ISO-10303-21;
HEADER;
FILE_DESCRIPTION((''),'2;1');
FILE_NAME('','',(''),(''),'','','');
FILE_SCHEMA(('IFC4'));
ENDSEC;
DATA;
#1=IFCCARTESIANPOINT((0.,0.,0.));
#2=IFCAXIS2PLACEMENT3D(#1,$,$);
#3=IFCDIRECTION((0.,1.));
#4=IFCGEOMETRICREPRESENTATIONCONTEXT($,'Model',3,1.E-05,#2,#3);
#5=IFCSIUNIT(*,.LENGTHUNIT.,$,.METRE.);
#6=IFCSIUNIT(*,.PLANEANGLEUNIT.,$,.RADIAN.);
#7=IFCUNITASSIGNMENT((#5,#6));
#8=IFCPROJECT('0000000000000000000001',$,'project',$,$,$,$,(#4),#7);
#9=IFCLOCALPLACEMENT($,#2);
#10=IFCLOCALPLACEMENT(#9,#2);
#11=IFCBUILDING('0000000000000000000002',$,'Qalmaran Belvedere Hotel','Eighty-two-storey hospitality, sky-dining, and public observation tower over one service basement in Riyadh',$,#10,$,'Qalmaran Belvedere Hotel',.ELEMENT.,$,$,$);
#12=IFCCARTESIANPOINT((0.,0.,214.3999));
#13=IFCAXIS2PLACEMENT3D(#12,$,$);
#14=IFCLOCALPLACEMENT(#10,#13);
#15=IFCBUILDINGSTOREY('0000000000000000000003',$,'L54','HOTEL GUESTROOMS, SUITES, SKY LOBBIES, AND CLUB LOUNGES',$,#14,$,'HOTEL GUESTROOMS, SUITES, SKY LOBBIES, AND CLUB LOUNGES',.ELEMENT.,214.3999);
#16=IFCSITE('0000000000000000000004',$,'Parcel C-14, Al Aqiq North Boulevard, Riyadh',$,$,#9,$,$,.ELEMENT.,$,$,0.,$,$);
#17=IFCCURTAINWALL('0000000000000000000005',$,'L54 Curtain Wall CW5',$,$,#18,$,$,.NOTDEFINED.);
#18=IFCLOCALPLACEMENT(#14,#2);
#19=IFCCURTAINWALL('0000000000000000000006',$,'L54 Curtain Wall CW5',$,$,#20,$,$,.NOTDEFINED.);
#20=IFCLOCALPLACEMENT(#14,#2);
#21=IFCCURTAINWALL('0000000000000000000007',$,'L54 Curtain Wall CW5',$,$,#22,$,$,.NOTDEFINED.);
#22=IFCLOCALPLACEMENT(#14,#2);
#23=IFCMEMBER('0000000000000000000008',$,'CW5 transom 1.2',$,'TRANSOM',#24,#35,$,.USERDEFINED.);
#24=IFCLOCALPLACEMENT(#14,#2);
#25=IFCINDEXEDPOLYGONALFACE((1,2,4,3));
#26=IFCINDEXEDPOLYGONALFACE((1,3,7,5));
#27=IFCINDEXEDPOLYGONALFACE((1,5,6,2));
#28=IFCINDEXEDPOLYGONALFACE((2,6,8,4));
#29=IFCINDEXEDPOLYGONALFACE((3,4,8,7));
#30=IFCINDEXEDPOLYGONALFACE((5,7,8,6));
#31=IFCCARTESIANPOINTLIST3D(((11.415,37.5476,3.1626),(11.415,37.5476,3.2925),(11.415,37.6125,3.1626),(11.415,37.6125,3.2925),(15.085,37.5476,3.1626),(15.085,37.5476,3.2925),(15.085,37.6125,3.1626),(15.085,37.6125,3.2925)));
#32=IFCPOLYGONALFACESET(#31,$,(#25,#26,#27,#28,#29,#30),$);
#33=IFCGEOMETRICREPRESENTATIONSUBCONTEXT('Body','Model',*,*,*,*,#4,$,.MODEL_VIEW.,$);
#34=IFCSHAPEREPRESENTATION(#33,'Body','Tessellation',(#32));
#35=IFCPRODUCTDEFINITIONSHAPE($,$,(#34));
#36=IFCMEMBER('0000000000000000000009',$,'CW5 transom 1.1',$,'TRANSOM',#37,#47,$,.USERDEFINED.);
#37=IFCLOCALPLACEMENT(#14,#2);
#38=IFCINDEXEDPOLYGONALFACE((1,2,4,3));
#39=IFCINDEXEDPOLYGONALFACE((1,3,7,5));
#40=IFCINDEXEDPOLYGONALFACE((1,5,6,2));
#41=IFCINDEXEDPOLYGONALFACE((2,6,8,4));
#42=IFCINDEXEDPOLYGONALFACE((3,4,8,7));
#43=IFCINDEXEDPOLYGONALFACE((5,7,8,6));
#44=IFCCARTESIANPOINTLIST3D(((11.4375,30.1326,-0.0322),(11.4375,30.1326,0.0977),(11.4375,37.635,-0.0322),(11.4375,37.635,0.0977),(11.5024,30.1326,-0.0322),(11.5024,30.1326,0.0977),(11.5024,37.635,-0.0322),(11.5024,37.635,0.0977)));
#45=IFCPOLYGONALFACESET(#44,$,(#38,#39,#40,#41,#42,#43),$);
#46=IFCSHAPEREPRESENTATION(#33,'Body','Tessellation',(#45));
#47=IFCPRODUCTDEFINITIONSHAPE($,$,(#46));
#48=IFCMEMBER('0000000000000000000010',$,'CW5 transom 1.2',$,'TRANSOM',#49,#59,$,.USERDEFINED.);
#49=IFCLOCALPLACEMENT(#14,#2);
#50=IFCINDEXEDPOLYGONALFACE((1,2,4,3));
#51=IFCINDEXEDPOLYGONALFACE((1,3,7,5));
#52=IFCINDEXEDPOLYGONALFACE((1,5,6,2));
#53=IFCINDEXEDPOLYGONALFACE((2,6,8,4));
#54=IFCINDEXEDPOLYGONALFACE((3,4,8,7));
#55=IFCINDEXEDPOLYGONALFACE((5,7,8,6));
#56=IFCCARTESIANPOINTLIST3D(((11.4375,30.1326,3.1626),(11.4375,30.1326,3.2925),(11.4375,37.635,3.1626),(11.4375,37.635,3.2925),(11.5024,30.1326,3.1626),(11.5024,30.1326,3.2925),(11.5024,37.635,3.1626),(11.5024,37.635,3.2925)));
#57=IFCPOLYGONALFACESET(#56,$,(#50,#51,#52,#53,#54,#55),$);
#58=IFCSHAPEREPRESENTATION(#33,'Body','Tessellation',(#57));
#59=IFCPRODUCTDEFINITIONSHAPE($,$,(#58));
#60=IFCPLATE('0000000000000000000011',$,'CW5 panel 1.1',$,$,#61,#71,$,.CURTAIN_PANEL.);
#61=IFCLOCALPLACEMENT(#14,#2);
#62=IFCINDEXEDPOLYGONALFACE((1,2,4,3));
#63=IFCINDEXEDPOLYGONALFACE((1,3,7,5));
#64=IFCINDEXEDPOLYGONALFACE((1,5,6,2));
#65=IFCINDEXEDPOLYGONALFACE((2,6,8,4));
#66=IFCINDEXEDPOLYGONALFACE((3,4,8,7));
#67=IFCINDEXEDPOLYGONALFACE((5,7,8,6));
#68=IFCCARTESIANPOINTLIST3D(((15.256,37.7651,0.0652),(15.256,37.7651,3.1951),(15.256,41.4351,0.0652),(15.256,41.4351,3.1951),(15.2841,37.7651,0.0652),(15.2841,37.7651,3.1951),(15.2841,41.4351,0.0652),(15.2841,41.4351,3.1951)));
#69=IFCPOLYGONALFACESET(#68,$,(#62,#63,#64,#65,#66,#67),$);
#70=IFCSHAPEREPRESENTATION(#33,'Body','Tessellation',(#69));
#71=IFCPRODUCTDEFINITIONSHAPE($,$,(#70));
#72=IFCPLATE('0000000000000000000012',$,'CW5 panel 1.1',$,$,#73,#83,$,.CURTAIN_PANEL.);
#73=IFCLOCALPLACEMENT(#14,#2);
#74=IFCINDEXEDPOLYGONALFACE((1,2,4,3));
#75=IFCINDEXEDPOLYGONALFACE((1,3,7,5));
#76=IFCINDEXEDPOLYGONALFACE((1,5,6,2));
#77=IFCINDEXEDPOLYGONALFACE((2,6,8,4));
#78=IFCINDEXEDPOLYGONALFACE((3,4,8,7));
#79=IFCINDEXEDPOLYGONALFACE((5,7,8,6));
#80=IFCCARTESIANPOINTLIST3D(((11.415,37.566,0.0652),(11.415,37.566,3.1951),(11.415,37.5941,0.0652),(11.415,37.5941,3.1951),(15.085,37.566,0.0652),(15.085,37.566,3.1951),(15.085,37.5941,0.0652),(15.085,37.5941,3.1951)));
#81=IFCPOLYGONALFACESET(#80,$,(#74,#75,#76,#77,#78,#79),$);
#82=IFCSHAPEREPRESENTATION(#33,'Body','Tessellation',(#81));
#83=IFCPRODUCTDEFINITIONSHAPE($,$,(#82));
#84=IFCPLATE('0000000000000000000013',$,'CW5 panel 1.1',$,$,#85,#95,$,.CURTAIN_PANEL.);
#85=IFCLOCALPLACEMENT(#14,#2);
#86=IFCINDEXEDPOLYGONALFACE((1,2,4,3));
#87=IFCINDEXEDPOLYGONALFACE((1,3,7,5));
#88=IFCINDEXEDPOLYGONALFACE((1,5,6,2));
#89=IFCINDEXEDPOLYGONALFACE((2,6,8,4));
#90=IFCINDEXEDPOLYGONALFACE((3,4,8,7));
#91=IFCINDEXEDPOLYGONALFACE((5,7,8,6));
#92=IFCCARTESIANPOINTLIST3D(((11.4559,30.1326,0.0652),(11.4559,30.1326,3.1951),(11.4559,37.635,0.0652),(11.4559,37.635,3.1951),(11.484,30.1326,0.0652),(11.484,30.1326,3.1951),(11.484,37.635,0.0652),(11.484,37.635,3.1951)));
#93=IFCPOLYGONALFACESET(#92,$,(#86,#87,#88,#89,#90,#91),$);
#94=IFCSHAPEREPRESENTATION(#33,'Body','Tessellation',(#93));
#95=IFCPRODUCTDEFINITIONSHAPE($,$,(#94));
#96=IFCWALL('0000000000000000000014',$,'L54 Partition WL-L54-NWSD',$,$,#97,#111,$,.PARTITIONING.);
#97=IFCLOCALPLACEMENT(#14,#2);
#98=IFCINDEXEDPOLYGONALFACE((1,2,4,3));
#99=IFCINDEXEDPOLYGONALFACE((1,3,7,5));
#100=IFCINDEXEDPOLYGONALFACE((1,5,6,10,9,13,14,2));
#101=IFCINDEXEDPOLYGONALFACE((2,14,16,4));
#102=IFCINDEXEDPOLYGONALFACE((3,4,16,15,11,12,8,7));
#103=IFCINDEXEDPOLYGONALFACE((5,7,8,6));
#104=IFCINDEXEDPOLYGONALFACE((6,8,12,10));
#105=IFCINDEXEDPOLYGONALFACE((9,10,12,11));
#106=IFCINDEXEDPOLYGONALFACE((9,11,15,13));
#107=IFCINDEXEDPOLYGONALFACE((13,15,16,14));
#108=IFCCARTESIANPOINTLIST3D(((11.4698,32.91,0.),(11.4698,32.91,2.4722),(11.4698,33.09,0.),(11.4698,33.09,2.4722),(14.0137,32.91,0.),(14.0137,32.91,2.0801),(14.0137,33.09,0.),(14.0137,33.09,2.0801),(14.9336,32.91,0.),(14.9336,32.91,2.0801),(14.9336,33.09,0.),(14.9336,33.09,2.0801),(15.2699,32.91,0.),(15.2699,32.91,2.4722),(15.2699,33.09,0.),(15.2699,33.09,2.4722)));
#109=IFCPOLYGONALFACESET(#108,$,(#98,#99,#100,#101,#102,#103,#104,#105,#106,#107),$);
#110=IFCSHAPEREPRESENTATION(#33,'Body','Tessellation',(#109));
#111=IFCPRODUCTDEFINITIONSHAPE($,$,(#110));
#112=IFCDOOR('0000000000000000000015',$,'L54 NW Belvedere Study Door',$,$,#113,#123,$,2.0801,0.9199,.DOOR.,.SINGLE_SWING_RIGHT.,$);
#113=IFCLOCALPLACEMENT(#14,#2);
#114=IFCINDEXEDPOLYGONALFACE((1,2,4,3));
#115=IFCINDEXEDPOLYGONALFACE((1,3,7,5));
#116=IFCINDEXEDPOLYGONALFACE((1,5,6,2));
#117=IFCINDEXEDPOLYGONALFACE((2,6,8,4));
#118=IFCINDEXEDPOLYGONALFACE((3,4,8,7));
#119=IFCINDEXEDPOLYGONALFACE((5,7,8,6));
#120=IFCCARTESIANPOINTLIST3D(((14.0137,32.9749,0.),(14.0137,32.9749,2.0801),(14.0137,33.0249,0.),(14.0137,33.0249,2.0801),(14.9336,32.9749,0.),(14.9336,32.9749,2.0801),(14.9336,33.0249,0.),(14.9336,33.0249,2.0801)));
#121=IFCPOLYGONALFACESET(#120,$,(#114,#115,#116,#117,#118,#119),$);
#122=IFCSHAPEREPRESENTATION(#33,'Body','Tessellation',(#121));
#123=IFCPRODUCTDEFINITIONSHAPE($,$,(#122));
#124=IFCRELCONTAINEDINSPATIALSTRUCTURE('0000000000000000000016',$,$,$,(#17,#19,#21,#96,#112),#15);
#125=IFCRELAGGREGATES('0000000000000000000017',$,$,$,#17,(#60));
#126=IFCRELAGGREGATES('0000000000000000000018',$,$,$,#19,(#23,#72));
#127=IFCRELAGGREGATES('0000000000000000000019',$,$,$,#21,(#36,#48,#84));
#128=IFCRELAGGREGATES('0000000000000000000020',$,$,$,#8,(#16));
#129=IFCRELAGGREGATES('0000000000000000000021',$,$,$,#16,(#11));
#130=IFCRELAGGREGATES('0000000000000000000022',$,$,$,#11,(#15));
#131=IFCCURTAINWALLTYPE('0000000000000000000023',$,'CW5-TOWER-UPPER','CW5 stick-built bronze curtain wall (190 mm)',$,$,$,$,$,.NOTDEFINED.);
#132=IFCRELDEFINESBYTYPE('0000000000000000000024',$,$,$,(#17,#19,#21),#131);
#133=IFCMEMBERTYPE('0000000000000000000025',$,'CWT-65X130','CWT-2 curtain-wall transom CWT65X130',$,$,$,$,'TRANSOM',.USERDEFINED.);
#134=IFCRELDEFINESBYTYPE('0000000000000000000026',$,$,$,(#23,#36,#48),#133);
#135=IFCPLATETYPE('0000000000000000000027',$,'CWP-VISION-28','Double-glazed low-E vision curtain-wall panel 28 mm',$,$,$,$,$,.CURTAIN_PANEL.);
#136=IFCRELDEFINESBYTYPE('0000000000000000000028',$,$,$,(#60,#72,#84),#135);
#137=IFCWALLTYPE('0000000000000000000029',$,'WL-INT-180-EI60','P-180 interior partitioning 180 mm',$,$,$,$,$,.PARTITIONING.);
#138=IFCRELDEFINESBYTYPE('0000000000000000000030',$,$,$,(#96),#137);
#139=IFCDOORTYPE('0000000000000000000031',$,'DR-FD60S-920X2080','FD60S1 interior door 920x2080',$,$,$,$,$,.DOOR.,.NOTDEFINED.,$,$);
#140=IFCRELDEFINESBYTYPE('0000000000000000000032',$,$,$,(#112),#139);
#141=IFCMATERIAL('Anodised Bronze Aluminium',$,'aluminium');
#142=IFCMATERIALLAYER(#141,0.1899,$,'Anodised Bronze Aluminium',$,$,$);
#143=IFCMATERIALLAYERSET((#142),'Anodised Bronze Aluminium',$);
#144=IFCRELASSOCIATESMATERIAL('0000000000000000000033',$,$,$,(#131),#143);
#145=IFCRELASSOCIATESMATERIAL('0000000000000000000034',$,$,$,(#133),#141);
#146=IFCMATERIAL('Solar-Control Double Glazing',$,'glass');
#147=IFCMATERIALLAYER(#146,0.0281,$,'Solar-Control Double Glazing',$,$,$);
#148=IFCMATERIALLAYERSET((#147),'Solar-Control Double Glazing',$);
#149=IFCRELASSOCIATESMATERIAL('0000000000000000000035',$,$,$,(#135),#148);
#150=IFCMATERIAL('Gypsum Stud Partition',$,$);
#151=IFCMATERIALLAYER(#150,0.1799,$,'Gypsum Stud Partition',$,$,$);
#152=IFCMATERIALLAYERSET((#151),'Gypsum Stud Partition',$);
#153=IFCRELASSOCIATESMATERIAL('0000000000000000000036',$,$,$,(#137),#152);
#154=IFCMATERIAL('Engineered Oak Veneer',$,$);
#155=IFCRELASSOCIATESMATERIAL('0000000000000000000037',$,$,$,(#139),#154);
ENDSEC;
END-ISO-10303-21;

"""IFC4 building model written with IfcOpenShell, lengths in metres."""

from ifc_helpers import new_model, si_unit, direction, frame, frame_2d, origin, origin_2d, place, context, subcontext, project, spatial, rectangle, extrude, material, layer, layer_set, material_profile, profile_set, type_object, element, fill, aggregate, save


model = new_model("IFC4")

# Units and contexts
model_context = context("Model", 3, precision=1e-05, world=origin(), true_north=direction((0.0, 1.0)))
body_context = subcontext(model_context, "Body", "Model", "MODEL_VIEW")
ifc_project = project(units=[si_unit("LENGTHUNIT", "METRE"), si_unit("PLANEANGLEUNIT", "RADIAN")], contexts=[model_context])

# Site, building, storey
site_placement = place(None, origin())
site = spatial("IfcSite", under=ifc_project, at=site_placement, Name="Parcel C-14, Al Aqiq North Boulevard, Riyadh", CompositionType="ELEMENT", RefElevation=0.0)
building_placement = place(site_placement, origin())
building = spatial("IfcBuilding", under=site, at=building_placement, Name="Qalmaran Belvedere Hotel", Description="Eighty-two-storey hospitality, sky-dining, and public observation tower over one service basement in Riyadh", LongName="Qalmaran Belvedere Hotel", CompositionType="ELEMENT")
storey_placement = place(building_placement, frame((0.0, 0.0, 214.3999)))
storey = spatial("IfcBuildingStorey", under=building, at=storey_placement, Name="L54", Description="HOTEL GUESTROOMS, SUITES, SKY LOBBIES, AND CLUB LOUNGES", LongName="HOTEL GUESTROOMS, SUITES, SKY LOBBIES, AND CLUB LOUNGES", CompositionType="ELEMENT", Elevation=214.3999)

# Shared definitions
ifc_material_1 = material(Name="Anodised Bronze Aluminium", Category="aluminium")
ifc_layer_1 = layer(ifc_material_1, 0.1899, Name="Anodised Bronze Aluminium")
ifc_layer_set_1 = layer_set([ifc_layer_1], Name="Anodised Bronze Aluminium")
curtain_wall_type = type_object("IfcCurtainWallType", Name="CW5-TOWER-UPPER", Description="CW5 stick-built bronze curtain wall (190 mm)", PredefinedType="NOTDEFINED", material=ifc_layer_set_1)

# Curtain walls
curtain_wall_1_placement = place(storey_placement, origin())
curtain_wall_1 = element("IfcCurtainWall", 1, at=curtain_wall_1_placement, inside=storey, type_object=curtain_wall_type, Name="L54 Curtain Wall CW5", PredefinedType="NOTDEFINED")
curtain_wall_2_placement = place(storey_placement, origin())
curtain_wall_2 = element("IfcCurtainWall", 2, at=curtain_wall_2_placement, inside=storey, type_object=curtain_wall_type, Name="L54 Curtain Wall CW5", PredefinedType="NOTDEFINED")

# Curtain wall
curtain_wall_3_placement = place(storey_placement, origin())
curtain_wall_3 = element("IfcCurtainWall", 3, at=curtain_wall_3_placement, inside=storey, type_object=curtain_wall_type, Name="L54 Curtain Wall CW5", PredefinedType="NOTDEFINED")

# Members
ifc_material_profile_1 = material_profile(ifc_material_1, rectangle(XDim=0.0649, YDim=0.1299, at=origin_2d()), Name="CWT65X130")
ifc_profile_set_1 = profile_set([ifc_material_profile_1], Name="Anodised Bronze Aluminium")
member_type_1 = type_object("IfcMemberType", Name="CWT-65X130", Description="CWT-2 curtain-wall transom CWT65X130", ElementType="TRANSOM", PredefinedType="USERDEFINED", material=ifc_profile_set_1)
member_1_placement = place(storey_placement, frame((15.085, 37.5801, 3.2275), z_axis=(-1.0, 0.0, 0.0), x_axis=(0.0, -1.0, 0.0)))
member_1 = element("IfcMember", 4, at=member_1_placement, type_object=member_type_1, Name="CW5 transom 1.2", ObjectType="TRANSOM", PredefinedType="USERDEFINED", context=body_context, shape_type="SweptSolid", body=[
    extrude(rectangle(XDim=0.0649, YDim=0.1299, at=origin_2d()), origin(), (0.0, 0.0, 1.0), 3.6699),
])
member_2_placement = place(storey_placement, frame((11.47, 37.635, 0.0327), z_axis=(0.0, -1.0, 0.0), x_axis=(1.0, 0.0, 0.0)))
member_2 = element("IfcMember", 5, at=member_2_placement, type_object=member_type_1, Name="CW5 transom 1.1", ObjectType="TRANSOM", PredefinedType="USERDEFINED", context=body_context, shape_type="SweptSolid", body=[
    extrude(rectangle(XDim=0.0649, YDim=0.1299, at=origin_2d()), origin(), (0.0, 0.0, 1.0), 7.5024),
])
member_3_placement = place(storey_placement, frame((11.47, 37.635, 3.2275), z_axis=(0.0, -1.0, 0.0), x_axis=(1.0, 0.0, 0.0)))
member_3 = element("IfcMember", 6, at=member_3_placement, type_object=member_type_1, Name="CW5 transom 1.2", ObjectType="TRANSOM", PredefinedType="USERDEFINED", context=body_context, shape_type="SweptSolid", body=[
    extrude(rectangle(XDim=0.0649, YDim=0.1299, at=origin_2d()), origin(), (0.0, 0.0, 1.0), 7.5024),
])

# Plates
ifc_material_2 = material(Name="Solar-Control Double Glazing", Category="glass")
ifc_layer_2 = layer(ifc_material_2, 0.0281, Name="Solar-Control Double Glazing")
ifc_layer_set_2 = layer_set([ifc_layer_2], Name="Solar-Control Double Glazing")
plate_type = type_object("IfcPlateType", Name="CWP-VISION-28", Description="Double-glazed low-E vision curtain-wall panel 28 mm", PredefinedType="CURTAIN_PANEL", material=ifc_layer_set_2)
plate_1_placement = place(storey_placement, frame((15.27, 39.6001, 0.0652), z_axis=(0.0, 0.0, 1.0), x_axis=(0.0, -1.0, 0.0)))
plate_1 = element("IfcPlate", 7, at=plate_1_placement, type_object=plate_type, Name="CW5 panel 1.1", PredefinedType="CURTAIN_PANEL", context=body_context, shape_type="SweptSolid", body=[
    extrude(rectangle(XDim=3.6699, YDim=0.0281, at=origin_2d()), origin(), (0.0, 0.0, 1.0), 3.1299),
])
aggregate(curtain_wall_1, [plate_1])
plate_2_placement = place(storey_placement, frame((13.25, 37.5801, 0.0652), z_axis=(0.0, 0.0, 1.0), x_axis=(-1.0, 0.0, 0.0)))
plate_2 = element("IfcPlate", 8, at=plate_2_placement, type_object=plate_type, Name="CW5 panel 1.1", PredefinedType="CURTAIN_PANEL", context=body_context, shape_type="SweptSolid", body=[
    extrude(rectangle(XDim=3.6699, YDim=0.0281, at=origin_2d()), origin(), (0.0, 0.0, 1.0), 3.1299),
])
aggregate(curtain_wall_2, [member_1, plate_2])
plate_3_placement = place(storey_placement, frame((11.47, 33.8838, 0.0652), z_axis=(0.0, 0.0, 1.0), x_axis=(0.0, -1.0, 0.0)))
plate_3 = element("IfcPlate", 9, at=plate_3_placement, type_object=plate_type, Name="CW5 panel 1.1", PredefinedType="CURTAIN_PANEL", context=body_context, shape_type="SweptSolid", body=[
    extrude(rectangle(XDim=7.5024, YDim=0.0281, at=origin_2d()), origin(), (0.0, 0.0, 1.0), 3.1299),
])
aggregate(curtain_wall_3, [member_2, member_3, plate_3])

# Wall, opening, door
ifc_material_3 = material(Name="Gypsum Stud Partition")
ifc_layer_3 = layer(ifc_material_3, 0.1799, Name="Gypsum Stud Partition")
ifc_layer_set_3 = layer_set([ifc_layer_3], Name="Gypsum Stud Partition")
wall_type = type_object("IfcWallType", Name="WL-INT-180-EI60", Description="P-180 interior partitioning 180 mm", PredefinedType="PARTITIONING", material=ifc_layer_set_3)
wall_placement = place(storey_placement, frame((11.47, 33.0, 0.0), z_axis=(0.0, 0.0, 1.0), x_axis=(1.0, 0.0, 0.0)))
wall = element("IfcWall", 10, at=wall_placement, inside=storey, type_object=wall_type, Name="L54 Partition WL-L54-NWSD", PredefinedType="PARTITIONING", context=body_context, shape_type="SweptSolid", body=[
    extrude(rectangle(XDim=3.8, YDim=0.1799, at=frame_2d((1.8999, 0.0))), origin(), (0.0, 0.0, 1.0), 2.4722),
])
opening_placement = place(wall_placement, frame((2.5437, 0.0, 0.0)))
opening = element("IfcOpeningElement", 11, at=opening_placement, cuts=wall, PredefinedType="OPENING", context=body_context, shape_type="SweptSolid", body=[
    extrude(rectangle(XDim=0.9199, YDim=2.0801, at=frame_2d((0.46, 1.04))), frame((0.0, 0.1001, 0.0), z_axis=(0.0, -1.0, 0.0), x_axis=(1.0, 0.0, 0.0)), (0.0, 0.0, 1.0), 0.2),
])
ifc_material_4 = material(Name="Engineered Oak Veneer")
door_type = type_object("IfcDoorType", Name="DR-FD60S-920X2080", Description="FD60S1 interior door 920x2080", OperationType="NOTDEFINED", PredefinedType="DOOR", material=ifc_material_4)
door_placement = place(opening_placement, origin())
door = element("IfcDoor", 12, at=door_placement, inside=storey, type_object=door_type, Name="L54 NW Belvedere Study Door", OperationType="SINGLE_SWING_RIGHT", OverallHeight=2.0801, OverallWidth=0.9199, PredefinedType="DOOR", context=body_context, shape_type="SweptSolid", body=[
    extrude(rectangle(XDim=0.9199, YDim=2.0801, at=frame_2d((0.46, 1.04))), frame((0.0, 0.0249, 0.0), z_axis=(0.0, -1.0, 0.0), x_axis=(1.0, 0.0, 0.0)), (0.0, 0.0, 1.0), 0.05),
])
fill(opening, door)

save(model, "model.ifc")
